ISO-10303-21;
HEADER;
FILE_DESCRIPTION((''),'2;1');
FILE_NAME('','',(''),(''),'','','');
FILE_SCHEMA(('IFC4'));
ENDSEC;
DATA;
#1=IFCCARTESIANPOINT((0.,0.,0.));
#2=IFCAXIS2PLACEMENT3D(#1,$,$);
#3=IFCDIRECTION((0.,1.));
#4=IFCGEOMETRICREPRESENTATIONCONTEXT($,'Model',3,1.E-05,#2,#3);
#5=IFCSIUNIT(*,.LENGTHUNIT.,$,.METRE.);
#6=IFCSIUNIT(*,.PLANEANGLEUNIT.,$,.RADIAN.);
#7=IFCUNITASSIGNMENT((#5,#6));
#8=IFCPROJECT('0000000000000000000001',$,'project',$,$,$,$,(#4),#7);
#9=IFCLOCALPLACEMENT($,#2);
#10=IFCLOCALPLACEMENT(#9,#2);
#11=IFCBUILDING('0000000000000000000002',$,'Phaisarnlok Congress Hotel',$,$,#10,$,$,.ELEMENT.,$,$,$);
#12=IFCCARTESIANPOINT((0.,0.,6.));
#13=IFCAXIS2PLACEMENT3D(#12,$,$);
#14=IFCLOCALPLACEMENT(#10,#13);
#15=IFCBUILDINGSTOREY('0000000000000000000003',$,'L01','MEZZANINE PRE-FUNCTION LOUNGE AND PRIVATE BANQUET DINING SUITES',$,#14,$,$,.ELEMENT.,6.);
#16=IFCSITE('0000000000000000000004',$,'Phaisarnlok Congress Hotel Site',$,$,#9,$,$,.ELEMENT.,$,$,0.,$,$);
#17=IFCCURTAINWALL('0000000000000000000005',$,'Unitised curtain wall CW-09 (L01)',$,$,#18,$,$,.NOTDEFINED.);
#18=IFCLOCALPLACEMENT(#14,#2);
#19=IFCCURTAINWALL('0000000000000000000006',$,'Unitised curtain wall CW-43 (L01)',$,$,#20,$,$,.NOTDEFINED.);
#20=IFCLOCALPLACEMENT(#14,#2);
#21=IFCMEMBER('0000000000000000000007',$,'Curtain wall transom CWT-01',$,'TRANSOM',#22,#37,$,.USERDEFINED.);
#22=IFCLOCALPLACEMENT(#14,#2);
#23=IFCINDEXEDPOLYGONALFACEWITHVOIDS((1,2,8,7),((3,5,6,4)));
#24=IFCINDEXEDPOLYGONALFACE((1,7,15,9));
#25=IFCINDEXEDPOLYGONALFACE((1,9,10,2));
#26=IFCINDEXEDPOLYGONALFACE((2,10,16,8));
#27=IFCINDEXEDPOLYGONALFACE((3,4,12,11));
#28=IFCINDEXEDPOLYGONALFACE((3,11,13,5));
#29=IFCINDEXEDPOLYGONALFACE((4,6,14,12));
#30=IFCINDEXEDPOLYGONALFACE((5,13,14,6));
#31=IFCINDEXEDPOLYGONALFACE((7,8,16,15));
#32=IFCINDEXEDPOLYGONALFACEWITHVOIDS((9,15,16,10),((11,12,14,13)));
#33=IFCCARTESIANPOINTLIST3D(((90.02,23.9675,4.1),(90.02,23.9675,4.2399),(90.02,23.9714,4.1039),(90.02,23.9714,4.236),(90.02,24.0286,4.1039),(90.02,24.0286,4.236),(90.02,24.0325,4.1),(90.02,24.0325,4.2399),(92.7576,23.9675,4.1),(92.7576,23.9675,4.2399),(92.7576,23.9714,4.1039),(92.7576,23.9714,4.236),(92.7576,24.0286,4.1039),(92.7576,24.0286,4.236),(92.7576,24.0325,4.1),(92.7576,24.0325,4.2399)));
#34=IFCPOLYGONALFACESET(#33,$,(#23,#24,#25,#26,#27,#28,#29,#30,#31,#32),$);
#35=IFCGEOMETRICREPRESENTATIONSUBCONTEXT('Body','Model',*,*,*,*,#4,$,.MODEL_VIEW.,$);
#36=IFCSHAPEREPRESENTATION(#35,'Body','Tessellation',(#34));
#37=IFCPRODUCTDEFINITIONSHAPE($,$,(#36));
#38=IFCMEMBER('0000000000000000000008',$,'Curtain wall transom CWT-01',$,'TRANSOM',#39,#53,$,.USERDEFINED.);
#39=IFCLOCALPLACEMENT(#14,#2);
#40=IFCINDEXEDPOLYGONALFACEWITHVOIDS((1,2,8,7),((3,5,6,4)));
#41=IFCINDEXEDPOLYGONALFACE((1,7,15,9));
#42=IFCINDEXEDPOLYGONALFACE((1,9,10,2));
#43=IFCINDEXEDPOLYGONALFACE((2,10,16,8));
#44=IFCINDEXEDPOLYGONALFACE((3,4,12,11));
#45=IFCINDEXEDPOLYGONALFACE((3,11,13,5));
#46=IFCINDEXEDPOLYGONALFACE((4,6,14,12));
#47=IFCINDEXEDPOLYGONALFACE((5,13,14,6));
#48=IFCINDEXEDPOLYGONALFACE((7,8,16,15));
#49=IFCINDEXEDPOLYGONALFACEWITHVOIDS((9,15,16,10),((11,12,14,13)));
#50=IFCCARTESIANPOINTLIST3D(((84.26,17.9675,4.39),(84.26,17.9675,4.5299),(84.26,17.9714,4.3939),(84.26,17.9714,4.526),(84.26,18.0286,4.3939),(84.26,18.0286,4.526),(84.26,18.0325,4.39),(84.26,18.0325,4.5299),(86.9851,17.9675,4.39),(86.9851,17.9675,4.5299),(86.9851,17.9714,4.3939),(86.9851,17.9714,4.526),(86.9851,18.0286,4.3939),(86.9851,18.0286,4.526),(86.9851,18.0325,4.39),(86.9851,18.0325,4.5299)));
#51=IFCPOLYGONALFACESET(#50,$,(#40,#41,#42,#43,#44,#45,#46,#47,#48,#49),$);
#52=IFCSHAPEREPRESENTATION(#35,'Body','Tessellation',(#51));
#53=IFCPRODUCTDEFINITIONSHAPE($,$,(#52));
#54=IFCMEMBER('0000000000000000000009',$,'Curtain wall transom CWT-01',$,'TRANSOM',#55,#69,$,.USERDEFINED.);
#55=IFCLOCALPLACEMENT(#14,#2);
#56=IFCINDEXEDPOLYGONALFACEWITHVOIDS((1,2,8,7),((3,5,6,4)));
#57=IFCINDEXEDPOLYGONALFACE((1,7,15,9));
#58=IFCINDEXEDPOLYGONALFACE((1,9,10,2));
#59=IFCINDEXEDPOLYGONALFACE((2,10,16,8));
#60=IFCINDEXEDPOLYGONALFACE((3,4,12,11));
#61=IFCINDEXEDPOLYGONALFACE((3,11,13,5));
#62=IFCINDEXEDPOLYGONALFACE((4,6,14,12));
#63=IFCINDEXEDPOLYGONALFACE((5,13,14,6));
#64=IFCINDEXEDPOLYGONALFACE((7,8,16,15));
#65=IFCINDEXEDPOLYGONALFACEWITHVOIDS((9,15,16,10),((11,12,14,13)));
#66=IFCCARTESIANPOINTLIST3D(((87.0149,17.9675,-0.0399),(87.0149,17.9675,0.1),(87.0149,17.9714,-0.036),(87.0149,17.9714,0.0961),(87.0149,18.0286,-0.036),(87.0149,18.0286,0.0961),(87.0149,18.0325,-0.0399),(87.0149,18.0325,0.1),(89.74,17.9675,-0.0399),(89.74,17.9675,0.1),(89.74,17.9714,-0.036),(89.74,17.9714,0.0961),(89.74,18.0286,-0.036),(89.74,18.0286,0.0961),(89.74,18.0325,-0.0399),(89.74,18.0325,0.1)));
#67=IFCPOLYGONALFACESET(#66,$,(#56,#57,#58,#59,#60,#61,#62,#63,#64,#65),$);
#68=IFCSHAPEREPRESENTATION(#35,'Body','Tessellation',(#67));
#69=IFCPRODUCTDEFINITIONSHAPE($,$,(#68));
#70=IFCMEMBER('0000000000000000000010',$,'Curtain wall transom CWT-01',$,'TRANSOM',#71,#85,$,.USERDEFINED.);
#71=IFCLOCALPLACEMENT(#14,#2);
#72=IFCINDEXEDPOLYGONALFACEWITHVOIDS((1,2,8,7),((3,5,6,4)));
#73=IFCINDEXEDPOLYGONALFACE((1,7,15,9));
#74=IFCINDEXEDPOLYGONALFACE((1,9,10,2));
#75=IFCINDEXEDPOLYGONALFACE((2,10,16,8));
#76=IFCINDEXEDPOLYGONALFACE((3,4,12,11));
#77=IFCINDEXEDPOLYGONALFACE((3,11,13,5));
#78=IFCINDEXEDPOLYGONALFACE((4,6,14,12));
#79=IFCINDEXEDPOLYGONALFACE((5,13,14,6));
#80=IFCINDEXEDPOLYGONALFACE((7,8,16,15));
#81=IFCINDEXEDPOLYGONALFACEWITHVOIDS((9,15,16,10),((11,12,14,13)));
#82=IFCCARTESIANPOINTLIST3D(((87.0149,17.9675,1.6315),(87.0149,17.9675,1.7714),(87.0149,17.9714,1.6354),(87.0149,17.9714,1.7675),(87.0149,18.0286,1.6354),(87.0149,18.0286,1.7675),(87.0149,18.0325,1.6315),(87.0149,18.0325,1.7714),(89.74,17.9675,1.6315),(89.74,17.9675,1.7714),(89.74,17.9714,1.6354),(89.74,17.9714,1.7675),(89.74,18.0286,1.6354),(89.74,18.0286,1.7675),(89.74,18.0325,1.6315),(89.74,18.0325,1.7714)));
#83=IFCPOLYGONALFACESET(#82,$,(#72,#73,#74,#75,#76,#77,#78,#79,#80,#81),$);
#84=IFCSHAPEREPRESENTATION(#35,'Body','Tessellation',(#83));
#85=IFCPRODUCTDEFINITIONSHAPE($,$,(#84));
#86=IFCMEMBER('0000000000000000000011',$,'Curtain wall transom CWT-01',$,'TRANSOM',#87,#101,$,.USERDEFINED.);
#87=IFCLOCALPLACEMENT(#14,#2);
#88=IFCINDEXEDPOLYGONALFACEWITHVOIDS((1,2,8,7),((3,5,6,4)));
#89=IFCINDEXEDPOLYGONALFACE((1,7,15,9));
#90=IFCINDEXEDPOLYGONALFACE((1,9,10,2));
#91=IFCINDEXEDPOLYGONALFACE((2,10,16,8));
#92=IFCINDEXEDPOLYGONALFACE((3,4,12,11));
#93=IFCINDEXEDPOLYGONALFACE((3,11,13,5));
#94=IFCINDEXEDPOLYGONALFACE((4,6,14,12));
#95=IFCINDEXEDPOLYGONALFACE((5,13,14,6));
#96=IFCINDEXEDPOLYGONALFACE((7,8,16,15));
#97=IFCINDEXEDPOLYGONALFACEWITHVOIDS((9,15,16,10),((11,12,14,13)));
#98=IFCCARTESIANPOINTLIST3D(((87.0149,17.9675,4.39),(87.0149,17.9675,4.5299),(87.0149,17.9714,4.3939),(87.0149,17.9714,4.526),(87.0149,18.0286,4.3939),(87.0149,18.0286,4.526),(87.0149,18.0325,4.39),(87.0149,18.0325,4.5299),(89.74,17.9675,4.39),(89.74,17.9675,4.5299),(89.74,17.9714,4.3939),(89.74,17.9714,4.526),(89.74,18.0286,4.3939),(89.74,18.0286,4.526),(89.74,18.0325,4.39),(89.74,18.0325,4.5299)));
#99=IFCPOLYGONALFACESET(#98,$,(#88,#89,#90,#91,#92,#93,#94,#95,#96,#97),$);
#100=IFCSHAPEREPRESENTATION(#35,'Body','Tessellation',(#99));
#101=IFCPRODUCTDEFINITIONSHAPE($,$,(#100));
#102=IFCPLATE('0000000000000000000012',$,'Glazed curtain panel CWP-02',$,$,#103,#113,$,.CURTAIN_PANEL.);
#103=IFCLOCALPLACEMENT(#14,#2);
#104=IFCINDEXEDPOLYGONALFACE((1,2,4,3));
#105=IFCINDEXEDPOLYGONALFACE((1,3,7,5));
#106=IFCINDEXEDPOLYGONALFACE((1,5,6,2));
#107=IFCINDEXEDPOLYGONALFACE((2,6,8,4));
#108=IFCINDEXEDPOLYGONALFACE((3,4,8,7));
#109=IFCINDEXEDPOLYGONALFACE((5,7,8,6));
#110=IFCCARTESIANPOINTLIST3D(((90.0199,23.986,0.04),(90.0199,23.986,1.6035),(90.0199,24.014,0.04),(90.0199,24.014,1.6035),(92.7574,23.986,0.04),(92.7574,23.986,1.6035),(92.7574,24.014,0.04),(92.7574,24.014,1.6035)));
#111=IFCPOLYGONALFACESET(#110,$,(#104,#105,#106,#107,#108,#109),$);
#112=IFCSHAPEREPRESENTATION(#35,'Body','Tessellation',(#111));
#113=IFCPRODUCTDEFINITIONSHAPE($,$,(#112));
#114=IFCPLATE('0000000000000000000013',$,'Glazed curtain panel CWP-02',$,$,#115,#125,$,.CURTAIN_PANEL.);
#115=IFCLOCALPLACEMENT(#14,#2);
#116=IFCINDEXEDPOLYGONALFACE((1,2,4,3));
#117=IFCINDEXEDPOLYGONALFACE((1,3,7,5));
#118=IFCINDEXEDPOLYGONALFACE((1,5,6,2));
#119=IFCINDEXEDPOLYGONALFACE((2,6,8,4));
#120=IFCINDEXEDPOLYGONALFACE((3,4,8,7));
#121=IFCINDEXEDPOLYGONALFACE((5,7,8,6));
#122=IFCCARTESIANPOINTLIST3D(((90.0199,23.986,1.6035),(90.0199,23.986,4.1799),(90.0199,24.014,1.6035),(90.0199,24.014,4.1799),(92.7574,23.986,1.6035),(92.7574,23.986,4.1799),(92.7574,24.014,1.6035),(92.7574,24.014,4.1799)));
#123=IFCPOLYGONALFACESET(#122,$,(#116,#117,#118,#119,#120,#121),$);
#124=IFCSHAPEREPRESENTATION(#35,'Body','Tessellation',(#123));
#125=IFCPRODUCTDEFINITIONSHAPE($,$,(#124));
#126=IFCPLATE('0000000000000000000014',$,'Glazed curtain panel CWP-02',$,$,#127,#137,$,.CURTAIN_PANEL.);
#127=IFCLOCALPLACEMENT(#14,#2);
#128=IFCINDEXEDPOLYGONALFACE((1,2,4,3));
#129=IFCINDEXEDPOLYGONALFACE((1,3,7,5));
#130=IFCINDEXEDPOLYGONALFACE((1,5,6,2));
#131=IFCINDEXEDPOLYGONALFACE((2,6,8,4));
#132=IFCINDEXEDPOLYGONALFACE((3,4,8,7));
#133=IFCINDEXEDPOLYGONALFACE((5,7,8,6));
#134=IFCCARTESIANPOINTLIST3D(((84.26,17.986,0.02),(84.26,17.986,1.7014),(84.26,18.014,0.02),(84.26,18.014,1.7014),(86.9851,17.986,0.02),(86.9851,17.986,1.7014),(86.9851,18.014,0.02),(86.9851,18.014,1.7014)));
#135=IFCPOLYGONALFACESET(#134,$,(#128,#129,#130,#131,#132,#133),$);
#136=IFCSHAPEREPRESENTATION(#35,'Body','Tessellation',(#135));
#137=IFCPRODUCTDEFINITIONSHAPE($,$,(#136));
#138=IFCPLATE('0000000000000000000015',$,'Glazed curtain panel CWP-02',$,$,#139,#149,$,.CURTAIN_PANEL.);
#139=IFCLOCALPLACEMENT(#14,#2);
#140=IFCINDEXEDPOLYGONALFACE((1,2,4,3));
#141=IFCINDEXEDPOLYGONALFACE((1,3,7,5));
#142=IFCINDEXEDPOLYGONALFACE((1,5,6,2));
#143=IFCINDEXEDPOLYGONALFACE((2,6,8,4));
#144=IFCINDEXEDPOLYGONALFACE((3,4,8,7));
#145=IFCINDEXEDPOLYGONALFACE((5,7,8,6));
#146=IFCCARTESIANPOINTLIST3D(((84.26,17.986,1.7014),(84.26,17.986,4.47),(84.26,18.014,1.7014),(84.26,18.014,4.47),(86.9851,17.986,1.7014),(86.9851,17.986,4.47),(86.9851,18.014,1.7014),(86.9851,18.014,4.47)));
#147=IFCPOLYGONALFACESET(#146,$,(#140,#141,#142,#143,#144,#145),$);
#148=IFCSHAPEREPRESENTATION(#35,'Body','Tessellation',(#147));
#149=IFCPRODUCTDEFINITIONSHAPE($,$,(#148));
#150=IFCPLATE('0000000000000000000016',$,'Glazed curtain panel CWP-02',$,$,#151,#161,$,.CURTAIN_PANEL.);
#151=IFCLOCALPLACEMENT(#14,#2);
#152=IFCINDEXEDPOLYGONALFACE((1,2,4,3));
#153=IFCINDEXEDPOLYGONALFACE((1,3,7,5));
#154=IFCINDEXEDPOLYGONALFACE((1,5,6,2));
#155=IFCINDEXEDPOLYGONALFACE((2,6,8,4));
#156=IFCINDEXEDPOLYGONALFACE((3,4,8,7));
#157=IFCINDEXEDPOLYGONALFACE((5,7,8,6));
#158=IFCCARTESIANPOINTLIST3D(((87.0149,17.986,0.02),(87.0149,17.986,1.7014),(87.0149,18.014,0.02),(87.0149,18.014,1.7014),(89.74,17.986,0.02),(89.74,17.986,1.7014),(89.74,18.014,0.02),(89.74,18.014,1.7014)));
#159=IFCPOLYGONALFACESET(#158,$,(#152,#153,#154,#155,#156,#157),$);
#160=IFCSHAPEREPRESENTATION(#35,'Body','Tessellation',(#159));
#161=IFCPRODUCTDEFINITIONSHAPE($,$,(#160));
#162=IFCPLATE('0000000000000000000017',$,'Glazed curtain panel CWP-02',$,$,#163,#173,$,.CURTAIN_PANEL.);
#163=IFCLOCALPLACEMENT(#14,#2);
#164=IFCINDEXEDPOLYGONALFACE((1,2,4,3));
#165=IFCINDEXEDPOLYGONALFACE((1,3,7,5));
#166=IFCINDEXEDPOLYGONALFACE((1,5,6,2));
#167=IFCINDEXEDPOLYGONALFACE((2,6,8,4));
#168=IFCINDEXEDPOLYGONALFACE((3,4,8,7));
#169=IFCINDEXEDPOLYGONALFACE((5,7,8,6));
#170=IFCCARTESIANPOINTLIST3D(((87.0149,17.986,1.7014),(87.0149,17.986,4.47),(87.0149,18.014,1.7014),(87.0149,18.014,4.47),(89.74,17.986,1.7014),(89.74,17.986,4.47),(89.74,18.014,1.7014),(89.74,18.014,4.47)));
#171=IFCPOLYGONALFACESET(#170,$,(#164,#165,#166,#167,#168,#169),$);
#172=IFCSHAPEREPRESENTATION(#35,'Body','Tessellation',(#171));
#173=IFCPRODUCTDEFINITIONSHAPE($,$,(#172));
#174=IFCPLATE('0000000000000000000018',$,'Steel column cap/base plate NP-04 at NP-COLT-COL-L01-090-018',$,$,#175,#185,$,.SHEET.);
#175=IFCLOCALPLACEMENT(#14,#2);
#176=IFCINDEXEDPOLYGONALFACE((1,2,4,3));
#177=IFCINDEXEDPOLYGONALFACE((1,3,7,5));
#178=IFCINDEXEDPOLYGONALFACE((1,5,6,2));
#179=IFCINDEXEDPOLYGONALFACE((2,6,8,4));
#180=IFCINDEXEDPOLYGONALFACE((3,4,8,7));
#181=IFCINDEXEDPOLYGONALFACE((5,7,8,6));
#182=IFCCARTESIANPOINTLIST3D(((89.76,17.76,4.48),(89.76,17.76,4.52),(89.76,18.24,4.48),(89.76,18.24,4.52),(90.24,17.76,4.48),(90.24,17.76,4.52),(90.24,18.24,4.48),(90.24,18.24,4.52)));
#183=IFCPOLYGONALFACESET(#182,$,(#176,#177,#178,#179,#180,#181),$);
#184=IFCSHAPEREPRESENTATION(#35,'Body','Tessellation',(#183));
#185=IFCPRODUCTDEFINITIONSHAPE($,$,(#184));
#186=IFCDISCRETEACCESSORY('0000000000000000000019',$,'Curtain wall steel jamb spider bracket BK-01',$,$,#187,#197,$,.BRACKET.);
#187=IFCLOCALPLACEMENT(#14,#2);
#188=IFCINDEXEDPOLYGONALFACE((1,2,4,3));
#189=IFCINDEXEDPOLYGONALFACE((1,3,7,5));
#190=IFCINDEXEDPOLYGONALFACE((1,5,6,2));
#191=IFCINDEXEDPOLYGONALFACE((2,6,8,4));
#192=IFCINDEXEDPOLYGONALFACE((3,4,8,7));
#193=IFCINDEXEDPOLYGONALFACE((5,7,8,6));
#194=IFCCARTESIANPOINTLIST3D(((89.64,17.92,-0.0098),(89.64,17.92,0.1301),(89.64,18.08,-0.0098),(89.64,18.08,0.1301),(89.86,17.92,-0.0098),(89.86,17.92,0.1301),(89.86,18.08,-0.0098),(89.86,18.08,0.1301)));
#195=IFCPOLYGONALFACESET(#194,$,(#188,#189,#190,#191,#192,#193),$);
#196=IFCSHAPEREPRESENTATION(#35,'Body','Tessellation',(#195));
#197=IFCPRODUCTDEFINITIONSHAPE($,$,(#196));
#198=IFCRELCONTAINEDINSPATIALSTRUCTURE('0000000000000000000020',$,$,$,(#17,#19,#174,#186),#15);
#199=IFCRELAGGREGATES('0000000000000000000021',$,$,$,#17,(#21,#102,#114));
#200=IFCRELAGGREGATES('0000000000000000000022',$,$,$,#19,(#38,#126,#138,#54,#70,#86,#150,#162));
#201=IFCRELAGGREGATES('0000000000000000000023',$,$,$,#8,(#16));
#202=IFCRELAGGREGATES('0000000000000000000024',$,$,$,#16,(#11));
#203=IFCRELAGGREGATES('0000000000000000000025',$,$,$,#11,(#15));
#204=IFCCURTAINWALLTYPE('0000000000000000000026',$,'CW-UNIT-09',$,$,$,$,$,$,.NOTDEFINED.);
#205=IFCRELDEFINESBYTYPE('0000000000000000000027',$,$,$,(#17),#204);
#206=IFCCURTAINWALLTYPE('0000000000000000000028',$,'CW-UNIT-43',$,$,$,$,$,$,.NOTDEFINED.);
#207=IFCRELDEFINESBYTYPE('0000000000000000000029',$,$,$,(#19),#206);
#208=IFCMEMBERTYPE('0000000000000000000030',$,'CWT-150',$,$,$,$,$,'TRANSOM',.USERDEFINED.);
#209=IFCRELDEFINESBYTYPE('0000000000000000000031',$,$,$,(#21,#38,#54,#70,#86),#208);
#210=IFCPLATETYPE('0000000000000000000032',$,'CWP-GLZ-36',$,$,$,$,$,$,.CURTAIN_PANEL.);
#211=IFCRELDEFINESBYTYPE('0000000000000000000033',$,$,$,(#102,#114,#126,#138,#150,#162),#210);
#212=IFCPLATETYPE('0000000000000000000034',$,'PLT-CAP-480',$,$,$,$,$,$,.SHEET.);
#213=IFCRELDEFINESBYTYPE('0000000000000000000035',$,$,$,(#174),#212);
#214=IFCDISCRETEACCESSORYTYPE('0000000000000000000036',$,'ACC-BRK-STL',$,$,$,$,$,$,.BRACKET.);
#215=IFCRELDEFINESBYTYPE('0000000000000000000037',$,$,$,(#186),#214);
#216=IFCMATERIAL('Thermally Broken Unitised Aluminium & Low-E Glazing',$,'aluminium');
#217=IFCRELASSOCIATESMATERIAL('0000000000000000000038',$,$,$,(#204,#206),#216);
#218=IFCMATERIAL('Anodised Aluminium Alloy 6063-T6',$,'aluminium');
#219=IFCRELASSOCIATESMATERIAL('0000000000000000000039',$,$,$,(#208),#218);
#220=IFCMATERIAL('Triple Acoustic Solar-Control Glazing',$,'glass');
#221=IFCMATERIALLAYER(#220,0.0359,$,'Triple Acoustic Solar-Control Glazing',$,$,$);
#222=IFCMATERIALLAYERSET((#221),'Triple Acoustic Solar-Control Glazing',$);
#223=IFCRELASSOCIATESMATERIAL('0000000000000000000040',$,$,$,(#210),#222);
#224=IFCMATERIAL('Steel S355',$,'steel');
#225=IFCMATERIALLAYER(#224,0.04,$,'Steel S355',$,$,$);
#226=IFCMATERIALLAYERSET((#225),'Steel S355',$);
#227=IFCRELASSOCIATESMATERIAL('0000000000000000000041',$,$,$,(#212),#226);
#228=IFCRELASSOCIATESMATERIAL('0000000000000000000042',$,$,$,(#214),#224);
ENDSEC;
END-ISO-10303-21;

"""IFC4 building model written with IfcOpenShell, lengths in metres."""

from ifc_helpers import new_model, si_unit, direction, frame, frame_2d, origin, origin_2d, place, context, subcontext, project, spatial, rectangle, hollow_rectangle, extrude, material, layer, layer_set, material_profile, profile_set, type_object, element, aggregate, save


model = new_model("IFC4")

# Units and contexts
model_context = context("Model", 3, precision=1e-05, world=origin(), true_north=direction((0.0, 1.0)))
body_context = subcontext(model_context, "Body", "Model", "MODEL_VIEW")
ifc_project = project(units=[si_unit("LENGTHUNIT", "METRE"), si_unit("PLANEANGLEUNIT", "RADIAN")], contexts=[model_context])

# Site, building, storey
site_placement = place(None, origin())
site = spatial("IfcSite", under=ifc_project, at=site_placement, Name="Phaisarnlok Congress Hotel Site", CompositionType="ELEMENT", RefElevation=0.0)
building_placement = place(site_placement, origin())
building = spatial("IfcBuilding", under=site, at=building_placement, Name="Phaisarnlok Congress Hotel", CompositionType="ELEMENT")
storey_placement = place(building_placement, frame((0.0, 0.0, 6.0)))
storey = spatial("IfcBuildingStorey", under=building, at=storey_placement, Name="L01", Description="MEZZANINE PRE-FUNCTION LOUNGE AND PRIVATE BANQUET DINING SUITES", CompositionType="ELEMENT", Elevation=6.0)

# Shared definitions
ifc_material_1 = material(Name="Steel S355", Category="steel")

# Curtain wall
ifc_material_2 = material(Name="Thermally Broken Unitised Aluminium & Low-E Glazing", Category="aluminium")
ifc_material_3 = material(Name="Anodised Aluminium Alloy 6063-T6", Category="aluminium")
curtain_wall_type_1 = type_object("IfcCurtainWallType", Name="CW-UNIT-09", PredefinedType="NOTDEFINED", material=ifc_material_2)
curtain_wall_1_placement = place(storey_placement, origin())
curtain_wall_1 = element("IfcCurtainWall", 1, at=curtain_wall_1_placement, inside=storey, type_object=curtain_wall_type_1, Name="Unitised curtain wall CW-09 (L01)", PredefinedType="NOTDEFINED")

# Curtain wall
curtain_wall_type_2 = type_object("IfcCurtainWallType", Name="CW-UNIT-43", PredefinedType="NOTDEFINED", material=ifc_material_2)
curtain_wall_2_placement = place(storey_placement, origin())
curtain_wall_2 = element("IfcCurtainWall", 2, at=curtain_wall_2_placement, inside=storey, type_object=curtain_wall_type_2, Name="Unitised curtain wall CW-43 (L01)", PredefinedType="NOTDEFINED")

# Members
ifc_material_profile_1 = material_profile(ifc_material_3, hollow_rectangle(XDim=0.0649, YDim=0.1399, WallThickness=0.0039, at=origin_2d()), Name="ALU-T 65x140x4")
ifc_profile_set_1 = profile_set([ifc_material_profile_1], Name="Anodised Aluminium Alloy 6063-T6")
member_type_1 = type_object("IfcMemberType", Name="CWT-150", ElementType="TRANSOM", PredefinedType="USERDEFINED", material=ifc_profile_set_1)
member_1_placement = place(storey_placement, frame((90.02, 24.0, 4.1699), z_axis=(1.0, 0.0, 0.0), x_axis=(0.0, 1.0, 0.0)))
member_1 = element("IfcMember", 3, at=member_1_placement, type_object=member_type_1, Name="Curtain wall transom CWT-01", ObjectType="TRANSOM", PredefinedType="USERDEFINED", context=body_context, shape_type="SweptSolid", body=[
    extrude(hollow_rectangle(XDim=0.0649, YDim=0.1399, WallThickness=0.0039, at=origin_2d()), origin(), (0.0, 0.0, 1.0), 2.7375),
])
member_2_placement = place(storey_placement, frame((84.26, 18.0, 4.46), z_axis=(1.0, 0.0, 0.0), x_axis=(0.0, 1.0, 0.0)))
member_2 = element("IfcMember", 4, at=member_2_placement, type_object=member_type_1, Name="Curtain wall transom CWT-01", ObjectType="TRANSOM", PredefinedType="USERDEFINED", context=body_context, shape_type="SweptSolid", body=[
    extrude(hollow_rectangle(XDim=0.0649, YDim=0.1399, WallThickness=0.0039, at=origin_2d()), origin(), (0.0, 0.0, 1.0), 2.7251),
])
member_3_placement = place(storey_placement, frame((87.0149, 18.0, 0.03), z_axis=(1.0, 0.0, 0.0), x_axis=(0.0, 1.0, 0.0)))
member_3 = element("IfcMember", 5, at=member_3_placement, type_object=member_type_1, Name="Curtain wall transom CWT-01", ObjectType="TRANSOM", PredefinedType="USERDEFINED", context=body_context, shape_type="SweptSolid", body=[
    extrude(hollow_rectangle(XDim=0.0649, YDim=0.1399, WallThickness=0.0039, at=origin_2d()), origin(), (0.0, 0.0, 1.0), 2.7251),
])
member_4_placement = place(storey_placement, frame((87.0149, 18.0, 1.7014), z_axis=(1.0, 0.0, 0.0), x_axis=(0.0, 1.0, 0.0)))
member_4 = element("IfcMember", 6, at=member_4_placement, type_object=member_type_1, Name="Curtain wall transom CWT-01", ObjectType="TRANSOM", PredefinedType="USERDEFINED", context=body_context, shape_type="SweptSolid", body=[
    extrude(hollow_rectangle(XDim=0.0649, YDim=0.1399, WallThickness=0.0039, at=origin_2d()), origin(), (0.0, 0.0, 1.0), 2.7251),
])
member_5_placement = place(storey_placement, frame((87.0149, 18.0, 4.46), z_axis=(1.0, 0.0, 0.0), x_axis=(0.0, 1.0, 0.0)))
member_5 = element("IfcMember", 7, at=member_5_placement, type_object=member_type_1, Name="Curtain wall transom CWT-01", ObjectType="TRANSOM", PredefinedType="USERDEFINED", context=body_context, shape_type="SweptSolid", body=[
    extrude(hollow_rectangle(XDim=0.0649, YDim=0.1399, WallThickness=0.0039, at=origin_2d()), origin(), (0.0, 0.0, 1.0), 2.7251),
])

# Plates
ifc_material_4 = material(Name="Triple Acoustic Solar-Control Glazing", Category="glass")
ifc_layer_1 = layer(ifc_material_4, 0.0359, Name="Triple Acoustic Solar-Control Glazing")
ifc_layer_set_1 = layer_set([ifc_layer_1], Name="Triple Acoustic Solar-Control Glazing")
plate_type_1 = type_object("IfcPlateType", Name="CWP-GLZ-36", PredefinedType="CURTAIN_PANEL", material=ifc_layer_set_1)
plate_1_placement = place(storey_placement, frame((90.02, 24.0, 0.04), z_axis=(0.0, 0.0, 1.0), x_axis=(1.0, 0.0, 0.0)))
plate_1 = element("IfcPlate", 8, at=plate_1_placement, type_object=plate_type_1, Name="Glazed curtain panel CWP-02", PredefinedType="CURTAIN_PANEL", context=body_context, shape_type="SweptSolid", body=[
    extrude(rectangle(XDim=2.7375, YDim=0.0281, at=frame_2d((1.3687, 0.0))), origin(), (0.0, 0.0, 1.0), 1.5635),
])
plate_2_placement = place(storey_placement, frame((90.02, 24.0, 1.6035), z_axis=(0.0, 0.0, 1.0), x_axis=(1.0, 0.0, 0.0)))
plate_2 = element("IfcPlate", 9, at=plate_2_placement, type_object=plate_type_1, Name="Glazed curtain panel CWP-02", PredefinedType="CURTAIN_PANEL", context=body_context, shape_type="SweptSolid", body=[
    extrude(rectangle(XDim=2.7375, YDim=0.0281, at=frame_2d((1.3687, 0.0))), origin(), (0.0, 0.0, 1.0), 2.5764),
])
aggregate(curtain_wall_1, [member_1, plate_1, plate_2])
plate_3_placement = place(storey_placement, frame((84.26, 18.0, 0.02), z_axis=(0.0, 0.0, 1.0), x_axis=(1.0, 0.0, 0.0)))
plate_3 = element("IfcPlate", 10, at=plate_3_placement, type_object=plate_type_1, Name="Glazed curtain panel CWP-02", PredefinedType="CURTAIN_PANEL", context=body_context, shape_type="SweptSolid", body=[
    extrude(rectangle(XDim=2.7251, YDim=0.0281, at=frame_2d((1.3625, 0.0))), origin(), (0.0, 0.0, 1.0), 1.6814),
])
plate_4_placement = place(storey_placement, frame((84.26, 18.0, 1.7014), z_axis=(0.0, 0.0, 1.0), x_axis=(1.0, 0.0, 0.0)))
plate_4 = element("IfcPlate", 11, at=plate_4_placement, type_object=plate_type_1, Name="Glazed curtain panel CWP-02", PredefinedType="CURTAIN_PANEL", context=body_context, shape_type="SweptSolid", body=[
    extrude(rectangle(XDim=2.7251, YDim=0.0281, at=frame_2d((1.3625, 0.0))), origin(), (0.0, 0.0, 1.0), 2.7686),
])
plate_5_placement = place(storey_placement, frame((87.0149, 18.0, 0.02), z_axis=(0.0, 0.0, 1.0), x_axis=(1.0, 0.0, 0.0)))
plate_5 = element("IfcPlate", 12, at=plate_5_placement, type_object=plate_type_1, Name="Glazed curtain panel CWP-02", PredefinedType="CURTAIN_PANEL", context=body_context, shape_type="SweptSolid", body=[
    extrude(rectangle(XDim=2.7251, YDim=0.0281, at=frame_2d((1.3625, 0.0))), origin(), (0.0, 0.0, 1.0), 1.6814),
])
plate_6_placement = place(storey_placement, frame((87.0149, 18.0, 1.7014), z_axis=(0.0, 0.0, 1.0), x_axis=(1.0, 0.0, 0.0)))
plate_6 = element("IfcPlate", 13, at=plate_6_placement, type_object=plate_type_1, Name="Glazed curtain panel CWP-02", PredefinedType="CURTAIN_PANEL", context=body_context, shape_type="SweptSolid", body=[
    extrude(rectangle(XDim=2.7251, YDim=0.0281, at=frame_2d((1.3625, 0.0))), origin(), (0.0, 0.0, 1.0), 2.7686),
])
aggregate(curtain_wall_2, [member_2, plate_3, plate_4, member_3, member_4, member_5, plate_5, plate_6])
ifc_layer_2 = layer(ifc_material_1, 0.04, Name="Steel S355")
ifc_layer_set_2 = layer_set([ifc_layer_2], Name="Steel S355")
plate_type_2 = type_object("IfcPlateType", Name="PLT-CAP-480", PredefinedType="SHEET", material=ifc_layer_set_2)
plate_7_placement = place(storey_placement, frame((90.0, 18.0, 4.48), z_axis=(0.0, 0.0, 1.0), x_axis=(1.0, 0.0, 0.0)))
element("IfcPlate", 14, at=plate_7_placement, inside=storey, type_object=plate_type_2, Name="Steel column cap/base plate NP-04 at NP-COLT-COL-L01-090-018", PredefinedType="SHEET", context=body_context, shape_type="SweptSolid", body=[
    extrude(rectangle(XDim=0.48, YDim=0.48, at=origin_2d()), origin(), (0.0, 0.0, 1.0), 0.04),
])

# Discrete accessory
discrete_accessory_type = type_object("IfcDiscreteAccessoryType", Name="ACC-BRK-STL", PredefinedType="BRACKET", material=ifc_material_1)
for number, where, z_axis, x_axis, name in (
    (15, (89.75, 18.0, -0.0098), (0.0, 0.0, 1.0), (1.0, 0.0, 0.0), "Curtain wall steel jamb spider bracket BK-01"),
):
    element("IfcDiscreteAccessory", number, at=place(storey_placement, frame(where, z_axis=z_axis, x_axis=x_axis)), inside=storey, type_object=discrete_accessory_type, Name=name, PredefinedType="BRACKET", context=body_context, shape_type="SweptSolid", body=[
        extrude(rectangle(XDim=0.22, YDim=0.1599, at=origin_2d()), origin(), (0.0, 0.0, 1.0), 0.1399),
    ])

save(model, "model.ifc")
